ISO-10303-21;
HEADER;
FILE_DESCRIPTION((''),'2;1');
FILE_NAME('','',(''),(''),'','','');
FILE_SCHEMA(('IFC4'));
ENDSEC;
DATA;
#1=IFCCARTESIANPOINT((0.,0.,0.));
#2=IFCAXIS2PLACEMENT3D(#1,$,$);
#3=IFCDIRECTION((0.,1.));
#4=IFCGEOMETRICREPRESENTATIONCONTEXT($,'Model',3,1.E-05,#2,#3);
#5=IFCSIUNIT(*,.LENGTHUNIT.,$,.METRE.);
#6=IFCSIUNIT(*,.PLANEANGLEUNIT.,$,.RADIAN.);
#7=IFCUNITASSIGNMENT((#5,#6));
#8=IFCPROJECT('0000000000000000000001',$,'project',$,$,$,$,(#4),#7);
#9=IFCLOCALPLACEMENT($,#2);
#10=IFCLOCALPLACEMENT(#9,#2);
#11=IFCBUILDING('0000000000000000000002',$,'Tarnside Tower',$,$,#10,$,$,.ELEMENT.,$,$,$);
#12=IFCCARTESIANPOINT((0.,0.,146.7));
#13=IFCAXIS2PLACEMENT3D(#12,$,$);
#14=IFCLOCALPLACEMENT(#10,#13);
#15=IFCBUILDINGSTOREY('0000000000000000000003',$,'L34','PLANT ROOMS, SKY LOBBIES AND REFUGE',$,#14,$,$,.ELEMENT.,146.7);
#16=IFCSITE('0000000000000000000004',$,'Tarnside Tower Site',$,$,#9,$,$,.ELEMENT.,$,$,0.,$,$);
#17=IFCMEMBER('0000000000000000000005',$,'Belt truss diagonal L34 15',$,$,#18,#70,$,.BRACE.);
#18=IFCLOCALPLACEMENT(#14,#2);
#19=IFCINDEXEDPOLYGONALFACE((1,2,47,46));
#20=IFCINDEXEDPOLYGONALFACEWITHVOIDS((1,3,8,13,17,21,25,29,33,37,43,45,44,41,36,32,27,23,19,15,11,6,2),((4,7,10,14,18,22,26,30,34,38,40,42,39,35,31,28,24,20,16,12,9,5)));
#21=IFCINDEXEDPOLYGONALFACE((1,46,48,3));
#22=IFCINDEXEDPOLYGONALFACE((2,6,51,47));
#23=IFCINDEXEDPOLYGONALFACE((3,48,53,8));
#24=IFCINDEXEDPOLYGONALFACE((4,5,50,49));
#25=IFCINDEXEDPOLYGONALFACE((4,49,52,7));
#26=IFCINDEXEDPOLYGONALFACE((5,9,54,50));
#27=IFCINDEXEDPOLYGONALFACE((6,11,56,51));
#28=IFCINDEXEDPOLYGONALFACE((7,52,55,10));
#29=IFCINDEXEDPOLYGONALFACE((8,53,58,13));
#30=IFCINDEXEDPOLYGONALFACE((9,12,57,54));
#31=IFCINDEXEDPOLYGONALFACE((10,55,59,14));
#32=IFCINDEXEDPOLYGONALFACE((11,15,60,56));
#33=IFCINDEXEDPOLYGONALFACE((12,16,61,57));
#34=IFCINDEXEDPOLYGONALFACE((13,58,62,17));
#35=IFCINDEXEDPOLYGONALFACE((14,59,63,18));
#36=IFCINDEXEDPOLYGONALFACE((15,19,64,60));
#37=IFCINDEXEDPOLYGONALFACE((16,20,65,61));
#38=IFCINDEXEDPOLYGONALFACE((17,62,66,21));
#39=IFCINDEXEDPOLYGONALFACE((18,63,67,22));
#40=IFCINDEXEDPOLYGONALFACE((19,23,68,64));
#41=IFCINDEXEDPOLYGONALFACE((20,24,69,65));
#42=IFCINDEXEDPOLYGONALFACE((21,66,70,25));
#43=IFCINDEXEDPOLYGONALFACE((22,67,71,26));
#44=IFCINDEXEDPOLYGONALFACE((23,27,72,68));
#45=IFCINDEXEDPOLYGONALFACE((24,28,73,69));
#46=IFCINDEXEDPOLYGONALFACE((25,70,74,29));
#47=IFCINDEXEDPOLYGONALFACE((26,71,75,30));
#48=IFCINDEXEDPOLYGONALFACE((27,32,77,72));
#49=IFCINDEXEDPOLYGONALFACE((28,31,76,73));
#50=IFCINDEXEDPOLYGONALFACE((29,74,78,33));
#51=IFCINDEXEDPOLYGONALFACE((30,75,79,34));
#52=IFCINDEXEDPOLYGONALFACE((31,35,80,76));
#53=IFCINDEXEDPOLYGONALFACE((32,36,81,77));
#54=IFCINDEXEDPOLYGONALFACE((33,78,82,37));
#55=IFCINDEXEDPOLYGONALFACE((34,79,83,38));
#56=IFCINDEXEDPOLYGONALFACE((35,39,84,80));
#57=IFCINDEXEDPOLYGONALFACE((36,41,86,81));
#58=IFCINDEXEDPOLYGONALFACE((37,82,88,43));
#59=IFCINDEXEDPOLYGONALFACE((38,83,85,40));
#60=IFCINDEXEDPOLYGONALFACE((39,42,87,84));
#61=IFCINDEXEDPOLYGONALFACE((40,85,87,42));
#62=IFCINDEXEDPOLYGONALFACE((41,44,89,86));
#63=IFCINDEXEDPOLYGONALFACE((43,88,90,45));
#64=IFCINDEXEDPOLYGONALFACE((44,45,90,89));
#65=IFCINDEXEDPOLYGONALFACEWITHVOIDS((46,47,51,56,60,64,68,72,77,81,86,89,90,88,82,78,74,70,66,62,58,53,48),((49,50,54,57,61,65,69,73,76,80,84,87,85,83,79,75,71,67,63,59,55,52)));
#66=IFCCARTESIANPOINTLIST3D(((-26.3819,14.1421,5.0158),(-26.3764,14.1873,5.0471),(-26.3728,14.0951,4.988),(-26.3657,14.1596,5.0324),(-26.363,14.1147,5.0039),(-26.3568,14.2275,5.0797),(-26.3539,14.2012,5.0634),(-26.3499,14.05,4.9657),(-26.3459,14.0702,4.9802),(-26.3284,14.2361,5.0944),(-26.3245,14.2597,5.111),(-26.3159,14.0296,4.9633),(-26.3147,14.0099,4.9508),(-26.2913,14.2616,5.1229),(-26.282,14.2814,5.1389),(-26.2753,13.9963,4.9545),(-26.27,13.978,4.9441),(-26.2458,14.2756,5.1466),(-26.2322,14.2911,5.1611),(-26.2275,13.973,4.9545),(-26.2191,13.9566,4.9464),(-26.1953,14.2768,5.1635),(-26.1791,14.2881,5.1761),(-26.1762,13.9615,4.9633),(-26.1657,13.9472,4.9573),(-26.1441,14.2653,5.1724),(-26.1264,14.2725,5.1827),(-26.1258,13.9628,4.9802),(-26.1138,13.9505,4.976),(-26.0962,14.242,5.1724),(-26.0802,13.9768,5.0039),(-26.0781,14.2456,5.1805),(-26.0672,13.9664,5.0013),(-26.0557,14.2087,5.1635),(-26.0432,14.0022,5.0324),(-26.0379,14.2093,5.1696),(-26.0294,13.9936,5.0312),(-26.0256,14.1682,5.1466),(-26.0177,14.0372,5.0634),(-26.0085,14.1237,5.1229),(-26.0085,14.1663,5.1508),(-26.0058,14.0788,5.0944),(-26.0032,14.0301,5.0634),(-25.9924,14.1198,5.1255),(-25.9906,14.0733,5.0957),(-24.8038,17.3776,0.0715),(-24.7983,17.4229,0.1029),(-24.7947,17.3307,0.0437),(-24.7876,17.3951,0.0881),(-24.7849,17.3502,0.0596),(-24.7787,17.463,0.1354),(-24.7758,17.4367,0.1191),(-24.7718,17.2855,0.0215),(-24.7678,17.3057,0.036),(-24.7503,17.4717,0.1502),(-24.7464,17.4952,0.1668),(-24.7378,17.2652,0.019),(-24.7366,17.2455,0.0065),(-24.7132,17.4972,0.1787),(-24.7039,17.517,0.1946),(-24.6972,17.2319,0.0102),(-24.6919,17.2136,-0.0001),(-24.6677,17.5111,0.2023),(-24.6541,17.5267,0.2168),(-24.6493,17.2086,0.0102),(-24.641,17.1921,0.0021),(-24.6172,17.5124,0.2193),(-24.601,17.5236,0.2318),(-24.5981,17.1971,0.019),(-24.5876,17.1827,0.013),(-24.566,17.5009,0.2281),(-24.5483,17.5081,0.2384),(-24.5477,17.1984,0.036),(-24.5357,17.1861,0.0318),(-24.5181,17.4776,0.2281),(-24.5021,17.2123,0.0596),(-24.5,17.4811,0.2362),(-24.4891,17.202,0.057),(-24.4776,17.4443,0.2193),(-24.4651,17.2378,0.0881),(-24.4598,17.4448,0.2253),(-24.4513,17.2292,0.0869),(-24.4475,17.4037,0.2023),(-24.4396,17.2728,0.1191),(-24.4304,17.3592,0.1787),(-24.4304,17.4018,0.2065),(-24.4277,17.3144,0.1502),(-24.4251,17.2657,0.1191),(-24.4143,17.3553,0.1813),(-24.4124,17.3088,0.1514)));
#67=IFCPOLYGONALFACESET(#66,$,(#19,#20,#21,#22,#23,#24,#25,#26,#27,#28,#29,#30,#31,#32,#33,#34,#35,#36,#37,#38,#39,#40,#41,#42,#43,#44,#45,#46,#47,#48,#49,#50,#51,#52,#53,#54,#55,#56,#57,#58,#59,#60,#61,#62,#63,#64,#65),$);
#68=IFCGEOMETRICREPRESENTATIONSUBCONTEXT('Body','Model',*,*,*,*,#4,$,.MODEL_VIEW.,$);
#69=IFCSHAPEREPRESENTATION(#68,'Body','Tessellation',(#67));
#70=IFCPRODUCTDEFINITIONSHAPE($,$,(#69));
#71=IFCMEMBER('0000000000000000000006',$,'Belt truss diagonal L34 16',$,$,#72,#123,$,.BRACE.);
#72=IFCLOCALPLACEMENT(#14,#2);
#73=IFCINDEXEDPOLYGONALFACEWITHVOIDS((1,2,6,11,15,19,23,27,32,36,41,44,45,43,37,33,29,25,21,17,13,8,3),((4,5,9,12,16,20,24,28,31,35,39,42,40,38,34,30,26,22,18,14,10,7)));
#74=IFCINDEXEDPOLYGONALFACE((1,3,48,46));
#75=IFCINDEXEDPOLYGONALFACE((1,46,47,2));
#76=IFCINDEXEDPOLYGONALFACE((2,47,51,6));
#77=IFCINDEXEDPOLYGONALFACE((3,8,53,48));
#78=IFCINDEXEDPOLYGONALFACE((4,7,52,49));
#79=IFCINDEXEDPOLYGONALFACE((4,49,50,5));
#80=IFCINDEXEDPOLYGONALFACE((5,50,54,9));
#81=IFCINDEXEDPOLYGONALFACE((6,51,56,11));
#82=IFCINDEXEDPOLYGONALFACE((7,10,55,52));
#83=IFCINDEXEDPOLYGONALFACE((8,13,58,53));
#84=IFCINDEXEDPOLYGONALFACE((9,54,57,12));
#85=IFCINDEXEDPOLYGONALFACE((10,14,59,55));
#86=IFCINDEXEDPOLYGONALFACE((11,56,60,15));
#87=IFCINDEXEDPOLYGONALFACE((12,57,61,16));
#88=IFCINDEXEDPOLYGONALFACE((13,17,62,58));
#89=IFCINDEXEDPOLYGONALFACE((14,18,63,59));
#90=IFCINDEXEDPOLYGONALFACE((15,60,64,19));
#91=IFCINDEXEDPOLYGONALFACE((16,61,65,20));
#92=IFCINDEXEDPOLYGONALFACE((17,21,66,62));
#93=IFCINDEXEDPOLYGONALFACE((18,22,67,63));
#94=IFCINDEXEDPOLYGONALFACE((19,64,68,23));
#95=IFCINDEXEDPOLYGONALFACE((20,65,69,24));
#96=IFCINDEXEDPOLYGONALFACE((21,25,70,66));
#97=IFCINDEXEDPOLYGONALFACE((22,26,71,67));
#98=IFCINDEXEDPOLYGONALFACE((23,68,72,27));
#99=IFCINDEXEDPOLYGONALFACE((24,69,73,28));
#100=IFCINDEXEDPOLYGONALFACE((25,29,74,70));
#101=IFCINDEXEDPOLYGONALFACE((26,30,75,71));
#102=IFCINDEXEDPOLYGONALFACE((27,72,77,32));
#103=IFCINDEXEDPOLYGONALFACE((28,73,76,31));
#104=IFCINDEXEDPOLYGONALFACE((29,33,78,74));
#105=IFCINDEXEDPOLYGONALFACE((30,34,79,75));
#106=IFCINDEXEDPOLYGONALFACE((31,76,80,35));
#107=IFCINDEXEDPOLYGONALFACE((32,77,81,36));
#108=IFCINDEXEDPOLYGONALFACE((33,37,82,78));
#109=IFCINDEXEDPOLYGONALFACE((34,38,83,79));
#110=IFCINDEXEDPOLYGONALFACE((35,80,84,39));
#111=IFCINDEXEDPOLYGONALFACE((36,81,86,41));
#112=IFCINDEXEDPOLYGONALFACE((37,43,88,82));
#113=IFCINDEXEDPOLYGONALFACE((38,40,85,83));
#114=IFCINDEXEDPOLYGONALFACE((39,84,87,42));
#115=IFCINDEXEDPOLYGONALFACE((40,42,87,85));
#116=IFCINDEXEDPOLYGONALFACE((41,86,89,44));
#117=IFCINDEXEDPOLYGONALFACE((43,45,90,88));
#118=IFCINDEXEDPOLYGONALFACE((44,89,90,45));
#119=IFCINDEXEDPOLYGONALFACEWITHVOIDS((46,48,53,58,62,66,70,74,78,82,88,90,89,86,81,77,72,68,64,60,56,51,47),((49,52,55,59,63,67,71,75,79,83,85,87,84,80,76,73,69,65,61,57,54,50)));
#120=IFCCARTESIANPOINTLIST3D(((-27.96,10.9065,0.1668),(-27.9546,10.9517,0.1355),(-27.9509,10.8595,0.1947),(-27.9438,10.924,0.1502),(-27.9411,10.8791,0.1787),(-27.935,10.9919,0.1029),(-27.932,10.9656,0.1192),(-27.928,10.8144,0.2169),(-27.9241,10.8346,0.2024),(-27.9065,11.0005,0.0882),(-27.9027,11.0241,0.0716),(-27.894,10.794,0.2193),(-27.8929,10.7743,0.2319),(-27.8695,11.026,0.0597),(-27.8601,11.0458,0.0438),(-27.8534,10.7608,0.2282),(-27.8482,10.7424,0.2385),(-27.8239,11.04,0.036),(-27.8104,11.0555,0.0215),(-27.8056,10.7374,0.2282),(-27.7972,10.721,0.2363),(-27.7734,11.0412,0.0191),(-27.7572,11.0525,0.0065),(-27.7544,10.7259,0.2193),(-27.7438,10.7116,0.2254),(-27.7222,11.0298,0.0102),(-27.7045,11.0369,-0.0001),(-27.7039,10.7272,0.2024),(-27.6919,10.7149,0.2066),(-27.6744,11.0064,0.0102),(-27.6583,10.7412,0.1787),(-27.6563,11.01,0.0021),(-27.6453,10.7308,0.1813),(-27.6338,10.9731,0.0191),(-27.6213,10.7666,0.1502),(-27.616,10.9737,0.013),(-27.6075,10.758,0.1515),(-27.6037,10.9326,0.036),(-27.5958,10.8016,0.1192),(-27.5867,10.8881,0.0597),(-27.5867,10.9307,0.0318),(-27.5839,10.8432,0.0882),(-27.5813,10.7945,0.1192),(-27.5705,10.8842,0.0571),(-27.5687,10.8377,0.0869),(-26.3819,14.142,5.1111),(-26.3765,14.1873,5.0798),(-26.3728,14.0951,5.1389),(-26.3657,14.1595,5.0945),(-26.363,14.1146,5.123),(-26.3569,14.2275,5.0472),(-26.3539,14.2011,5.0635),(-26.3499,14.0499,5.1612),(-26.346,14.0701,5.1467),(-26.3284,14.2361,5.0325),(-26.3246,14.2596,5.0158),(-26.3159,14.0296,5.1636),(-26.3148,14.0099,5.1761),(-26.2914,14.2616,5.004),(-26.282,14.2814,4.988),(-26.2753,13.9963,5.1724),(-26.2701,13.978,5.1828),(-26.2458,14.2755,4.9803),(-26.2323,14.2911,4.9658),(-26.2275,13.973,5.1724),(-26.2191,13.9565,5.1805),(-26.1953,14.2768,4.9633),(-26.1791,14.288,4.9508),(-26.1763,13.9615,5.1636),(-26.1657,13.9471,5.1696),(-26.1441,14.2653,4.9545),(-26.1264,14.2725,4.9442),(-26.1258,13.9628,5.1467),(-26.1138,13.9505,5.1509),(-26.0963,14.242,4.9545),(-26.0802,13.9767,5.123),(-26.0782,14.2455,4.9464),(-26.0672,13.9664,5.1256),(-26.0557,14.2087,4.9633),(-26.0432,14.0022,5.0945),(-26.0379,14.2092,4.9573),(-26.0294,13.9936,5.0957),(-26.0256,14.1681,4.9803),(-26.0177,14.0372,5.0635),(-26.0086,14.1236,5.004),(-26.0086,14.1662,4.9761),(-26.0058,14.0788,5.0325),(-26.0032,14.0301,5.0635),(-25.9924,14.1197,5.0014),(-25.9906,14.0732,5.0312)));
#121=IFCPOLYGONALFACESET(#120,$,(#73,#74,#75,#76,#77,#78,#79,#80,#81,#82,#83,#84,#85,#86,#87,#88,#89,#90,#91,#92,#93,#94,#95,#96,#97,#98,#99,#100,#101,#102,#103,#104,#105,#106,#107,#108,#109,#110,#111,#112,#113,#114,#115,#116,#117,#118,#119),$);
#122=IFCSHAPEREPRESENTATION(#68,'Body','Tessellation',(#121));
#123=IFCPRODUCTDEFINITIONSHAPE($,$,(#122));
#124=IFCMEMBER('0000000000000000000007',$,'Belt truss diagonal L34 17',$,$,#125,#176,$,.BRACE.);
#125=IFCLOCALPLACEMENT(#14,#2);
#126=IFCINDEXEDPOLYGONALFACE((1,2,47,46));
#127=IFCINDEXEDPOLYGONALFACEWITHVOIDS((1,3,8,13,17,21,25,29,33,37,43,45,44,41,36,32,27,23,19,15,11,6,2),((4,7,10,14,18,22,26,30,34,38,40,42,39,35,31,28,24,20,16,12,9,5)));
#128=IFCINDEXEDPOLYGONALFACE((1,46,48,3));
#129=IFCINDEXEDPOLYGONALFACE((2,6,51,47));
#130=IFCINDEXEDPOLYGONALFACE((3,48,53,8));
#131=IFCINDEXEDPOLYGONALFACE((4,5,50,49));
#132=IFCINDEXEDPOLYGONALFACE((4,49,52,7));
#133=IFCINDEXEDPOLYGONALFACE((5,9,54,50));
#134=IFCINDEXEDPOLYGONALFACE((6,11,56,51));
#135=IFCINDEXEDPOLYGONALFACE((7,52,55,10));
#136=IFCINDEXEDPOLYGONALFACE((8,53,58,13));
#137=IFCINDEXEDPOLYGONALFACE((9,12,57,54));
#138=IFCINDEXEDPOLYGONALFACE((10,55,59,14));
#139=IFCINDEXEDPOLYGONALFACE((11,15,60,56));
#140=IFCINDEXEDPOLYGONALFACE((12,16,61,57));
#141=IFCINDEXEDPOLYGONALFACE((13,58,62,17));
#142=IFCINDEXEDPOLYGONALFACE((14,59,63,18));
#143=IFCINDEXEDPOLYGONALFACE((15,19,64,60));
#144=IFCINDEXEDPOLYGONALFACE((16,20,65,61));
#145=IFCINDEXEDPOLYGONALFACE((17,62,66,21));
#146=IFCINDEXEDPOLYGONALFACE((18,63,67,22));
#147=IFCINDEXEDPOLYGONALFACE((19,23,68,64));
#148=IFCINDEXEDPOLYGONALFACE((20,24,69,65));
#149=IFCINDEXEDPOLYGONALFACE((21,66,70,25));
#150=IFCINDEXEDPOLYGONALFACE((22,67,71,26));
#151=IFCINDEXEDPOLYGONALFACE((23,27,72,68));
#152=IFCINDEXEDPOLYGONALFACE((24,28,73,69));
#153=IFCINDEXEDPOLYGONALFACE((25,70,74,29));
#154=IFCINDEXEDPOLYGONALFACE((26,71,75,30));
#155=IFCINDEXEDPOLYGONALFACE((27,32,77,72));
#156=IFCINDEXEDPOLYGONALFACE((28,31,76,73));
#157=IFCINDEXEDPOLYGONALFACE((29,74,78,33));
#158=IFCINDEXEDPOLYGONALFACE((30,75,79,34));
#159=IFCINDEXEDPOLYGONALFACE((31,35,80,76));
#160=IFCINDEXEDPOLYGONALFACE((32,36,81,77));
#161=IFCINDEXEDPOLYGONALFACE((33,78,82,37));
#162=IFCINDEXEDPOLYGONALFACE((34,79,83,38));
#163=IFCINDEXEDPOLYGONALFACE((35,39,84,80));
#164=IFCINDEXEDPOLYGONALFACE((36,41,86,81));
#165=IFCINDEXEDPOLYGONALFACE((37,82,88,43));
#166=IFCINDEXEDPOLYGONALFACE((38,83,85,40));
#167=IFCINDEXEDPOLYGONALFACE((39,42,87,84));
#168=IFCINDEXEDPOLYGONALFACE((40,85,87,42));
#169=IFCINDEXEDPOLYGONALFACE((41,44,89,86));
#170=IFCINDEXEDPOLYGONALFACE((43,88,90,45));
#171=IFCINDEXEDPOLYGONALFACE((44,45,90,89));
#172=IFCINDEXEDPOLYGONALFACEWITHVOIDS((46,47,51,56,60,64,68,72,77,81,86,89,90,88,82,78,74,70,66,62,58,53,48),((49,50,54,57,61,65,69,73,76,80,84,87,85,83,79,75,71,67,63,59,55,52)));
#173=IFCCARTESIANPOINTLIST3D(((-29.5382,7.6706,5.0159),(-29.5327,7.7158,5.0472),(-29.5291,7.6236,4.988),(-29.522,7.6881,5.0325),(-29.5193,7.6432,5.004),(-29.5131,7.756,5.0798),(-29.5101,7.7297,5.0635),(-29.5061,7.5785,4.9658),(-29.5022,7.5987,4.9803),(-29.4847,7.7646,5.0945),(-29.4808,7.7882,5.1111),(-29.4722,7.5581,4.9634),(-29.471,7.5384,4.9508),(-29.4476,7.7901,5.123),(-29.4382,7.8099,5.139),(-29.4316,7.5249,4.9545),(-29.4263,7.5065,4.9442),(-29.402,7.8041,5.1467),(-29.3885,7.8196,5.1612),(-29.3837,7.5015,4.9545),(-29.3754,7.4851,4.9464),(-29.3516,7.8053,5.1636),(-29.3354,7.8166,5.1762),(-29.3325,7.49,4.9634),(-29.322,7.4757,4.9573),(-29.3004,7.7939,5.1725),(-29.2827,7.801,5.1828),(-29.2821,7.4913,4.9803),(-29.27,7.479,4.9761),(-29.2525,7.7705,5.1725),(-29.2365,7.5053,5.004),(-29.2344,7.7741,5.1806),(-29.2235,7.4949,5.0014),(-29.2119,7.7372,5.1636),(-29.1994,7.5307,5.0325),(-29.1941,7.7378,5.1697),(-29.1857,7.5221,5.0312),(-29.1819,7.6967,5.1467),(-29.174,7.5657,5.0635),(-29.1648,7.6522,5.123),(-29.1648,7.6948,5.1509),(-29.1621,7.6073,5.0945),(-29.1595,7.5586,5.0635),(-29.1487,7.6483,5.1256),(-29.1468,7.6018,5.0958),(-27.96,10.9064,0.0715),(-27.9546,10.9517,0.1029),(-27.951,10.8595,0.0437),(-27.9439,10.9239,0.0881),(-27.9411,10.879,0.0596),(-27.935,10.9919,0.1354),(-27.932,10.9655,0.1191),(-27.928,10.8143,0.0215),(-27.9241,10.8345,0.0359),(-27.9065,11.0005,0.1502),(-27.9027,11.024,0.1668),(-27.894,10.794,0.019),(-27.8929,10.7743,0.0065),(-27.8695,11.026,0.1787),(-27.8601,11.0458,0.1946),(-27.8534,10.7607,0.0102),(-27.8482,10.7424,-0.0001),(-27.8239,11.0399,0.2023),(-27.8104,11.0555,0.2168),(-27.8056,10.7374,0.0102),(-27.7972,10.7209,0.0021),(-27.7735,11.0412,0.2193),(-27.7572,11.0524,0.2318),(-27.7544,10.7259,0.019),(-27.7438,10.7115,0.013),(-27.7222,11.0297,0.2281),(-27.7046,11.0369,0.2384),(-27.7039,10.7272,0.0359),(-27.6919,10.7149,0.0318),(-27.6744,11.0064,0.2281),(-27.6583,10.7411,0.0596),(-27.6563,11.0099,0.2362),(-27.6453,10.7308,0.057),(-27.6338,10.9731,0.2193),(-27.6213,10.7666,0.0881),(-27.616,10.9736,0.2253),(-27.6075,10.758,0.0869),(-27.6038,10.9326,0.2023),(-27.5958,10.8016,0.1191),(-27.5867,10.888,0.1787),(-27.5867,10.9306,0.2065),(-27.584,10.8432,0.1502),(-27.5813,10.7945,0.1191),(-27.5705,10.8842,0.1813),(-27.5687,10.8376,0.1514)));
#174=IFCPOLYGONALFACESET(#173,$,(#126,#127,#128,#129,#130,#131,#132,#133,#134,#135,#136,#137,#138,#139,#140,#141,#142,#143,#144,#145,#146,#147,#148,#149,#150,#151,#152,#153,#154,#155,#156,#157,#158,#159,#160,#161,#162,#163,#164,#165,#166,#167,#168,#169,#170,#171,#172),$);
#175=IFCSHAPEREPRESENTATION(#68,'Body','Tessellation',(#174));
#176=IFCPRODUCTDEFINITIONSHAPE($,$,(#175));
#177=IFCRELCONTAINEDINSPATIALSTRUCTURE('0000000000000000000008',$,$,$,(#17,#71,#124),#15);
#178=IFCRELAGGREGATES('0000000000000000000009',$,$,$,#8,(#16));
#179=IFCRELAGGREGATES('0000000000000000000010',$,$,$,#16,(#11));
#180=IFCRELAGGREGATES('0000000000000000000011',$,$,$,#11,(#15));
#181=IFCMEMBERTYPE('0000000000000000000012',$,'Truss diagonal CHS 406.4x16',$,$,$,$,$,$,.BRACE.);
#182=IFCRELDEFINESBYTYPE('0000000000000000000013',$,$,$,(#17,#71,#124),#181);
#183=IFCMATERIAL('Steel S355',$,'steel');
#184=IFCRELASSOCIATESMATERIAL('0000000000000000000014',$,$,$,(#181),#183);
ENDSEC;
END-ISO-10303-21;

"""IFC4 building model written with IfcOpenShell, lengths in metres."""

from ifc_helpers import new_model, si_unit, direction, frame, origin, origin_2d, place, context, subcontext, project, spatial, hollow_circle, extrude, material, material_profile, profile_set, type_object, element, save


model = new_model("IFC4")

# Units and contexts
model_context = context("Model", 3, precision=1e-05, world=origin(), true_north=direction((0.0, 1.0)))
body_context = subcontext(model_context, "Body", "Model", "MODEL_VIEW")
ifc_project = project(units=[si_unit("LENGTHUNIT", "METRE"), si_unit("PLANEANGLEUNIT", "RADIAN")], contexts=[model_context])

# Site, building, storey
site_placement = place(None, origin())
site = spatial("IfcSite", under=ifc_project, at=site_placement, Name="Tarnside Tower Site", CompositionType="ELEMENT", RefElevation=0.0)
building_placement = place(site_placement, origin())
building = spatial("IfcBuilding", under=site, at=building_placement, Name="Tarnside Tower", CompositionType="ELEMENT")
storey_placement = place(building_placement, frame((0.0, 0.0, 146.7)))
storey = spatial("IfcBuildingStorey", under=building, at=storey_placement, Name="L34", Description="PLANT ROOMS, SKY LOBBIES AND REFUGE", CompositionType="ELEMENT", Elevation=146.7)

# Shared definitions
ifc_material_1 = material(Name="Steel S355", Category="steel")

# Members
ifc_material_profile_1 = material_profile(ifc_material_1, hollow_circle(Radius=0.2031, WallThickness=0.0161, at=origin_2d()), Name="CHS 406.4x16")
ifc_profile_set_1 = profile_set([ifc_material_profile_1], Name="Steel S355")
member_type_1 = type_object("IfcMemberType", Name="Truss diagonal CHS 406.4x16", PredefinedType="BRACE", material=ifc_profile_set_1)
for number, where, z_axis, x_axis, name in (
    (1, (-24.6077, 17.3547, 0.1191), (-0.25803, -0.529034, 0.80842), (0.898792, -0.438376, 0.0), "Belt truss diagonal L34 15"),
    (2, (-26.1858, 14.1191, 5.0635), (-0.25803, -0.529034, -0.80842), (0.898792, -0.438376, 0.0), "Belt truss diagonal L34 16"),
):
    element("IfcMember", number, at=place(storey_placement, frame(where, z_axis=z_axis, x_axis=x_axis)), inside=storey, type_object=member_type_1, Name=name, PredefinedType="BRACE", context=body_context, shape_type="SweptSolid", body=[
        extrude(hollow_circle(Radius=0.2031, WallThickness=0.0161, at=origin_2d()), origin(), (0.0, 0.0, 1.0), 6.116),
    ])
member_1_placement = place(storey_placement, frame((-27.7639, 10.8835, 0.1191), z_axis=(-0.258025, -0.529063, 0.808403), x_axis=(0.898805, -0.438349, 0.0)))
element("IfcMember", 3, at=member_1_placement, inside=storey, type_object=member_type_1, Name="Belt truss diagonal L34 17", PredefinedType="BRACE", context=body_context, shape_type="SweptSolid", body=[
    extrude(hollow_circle(Radius=0.2031, WallThickness=0.0161, at=origin_2d()), origin(), (0.0, 0.0, 1.0), 6.1162),
])

save(model, "model.ifc")
